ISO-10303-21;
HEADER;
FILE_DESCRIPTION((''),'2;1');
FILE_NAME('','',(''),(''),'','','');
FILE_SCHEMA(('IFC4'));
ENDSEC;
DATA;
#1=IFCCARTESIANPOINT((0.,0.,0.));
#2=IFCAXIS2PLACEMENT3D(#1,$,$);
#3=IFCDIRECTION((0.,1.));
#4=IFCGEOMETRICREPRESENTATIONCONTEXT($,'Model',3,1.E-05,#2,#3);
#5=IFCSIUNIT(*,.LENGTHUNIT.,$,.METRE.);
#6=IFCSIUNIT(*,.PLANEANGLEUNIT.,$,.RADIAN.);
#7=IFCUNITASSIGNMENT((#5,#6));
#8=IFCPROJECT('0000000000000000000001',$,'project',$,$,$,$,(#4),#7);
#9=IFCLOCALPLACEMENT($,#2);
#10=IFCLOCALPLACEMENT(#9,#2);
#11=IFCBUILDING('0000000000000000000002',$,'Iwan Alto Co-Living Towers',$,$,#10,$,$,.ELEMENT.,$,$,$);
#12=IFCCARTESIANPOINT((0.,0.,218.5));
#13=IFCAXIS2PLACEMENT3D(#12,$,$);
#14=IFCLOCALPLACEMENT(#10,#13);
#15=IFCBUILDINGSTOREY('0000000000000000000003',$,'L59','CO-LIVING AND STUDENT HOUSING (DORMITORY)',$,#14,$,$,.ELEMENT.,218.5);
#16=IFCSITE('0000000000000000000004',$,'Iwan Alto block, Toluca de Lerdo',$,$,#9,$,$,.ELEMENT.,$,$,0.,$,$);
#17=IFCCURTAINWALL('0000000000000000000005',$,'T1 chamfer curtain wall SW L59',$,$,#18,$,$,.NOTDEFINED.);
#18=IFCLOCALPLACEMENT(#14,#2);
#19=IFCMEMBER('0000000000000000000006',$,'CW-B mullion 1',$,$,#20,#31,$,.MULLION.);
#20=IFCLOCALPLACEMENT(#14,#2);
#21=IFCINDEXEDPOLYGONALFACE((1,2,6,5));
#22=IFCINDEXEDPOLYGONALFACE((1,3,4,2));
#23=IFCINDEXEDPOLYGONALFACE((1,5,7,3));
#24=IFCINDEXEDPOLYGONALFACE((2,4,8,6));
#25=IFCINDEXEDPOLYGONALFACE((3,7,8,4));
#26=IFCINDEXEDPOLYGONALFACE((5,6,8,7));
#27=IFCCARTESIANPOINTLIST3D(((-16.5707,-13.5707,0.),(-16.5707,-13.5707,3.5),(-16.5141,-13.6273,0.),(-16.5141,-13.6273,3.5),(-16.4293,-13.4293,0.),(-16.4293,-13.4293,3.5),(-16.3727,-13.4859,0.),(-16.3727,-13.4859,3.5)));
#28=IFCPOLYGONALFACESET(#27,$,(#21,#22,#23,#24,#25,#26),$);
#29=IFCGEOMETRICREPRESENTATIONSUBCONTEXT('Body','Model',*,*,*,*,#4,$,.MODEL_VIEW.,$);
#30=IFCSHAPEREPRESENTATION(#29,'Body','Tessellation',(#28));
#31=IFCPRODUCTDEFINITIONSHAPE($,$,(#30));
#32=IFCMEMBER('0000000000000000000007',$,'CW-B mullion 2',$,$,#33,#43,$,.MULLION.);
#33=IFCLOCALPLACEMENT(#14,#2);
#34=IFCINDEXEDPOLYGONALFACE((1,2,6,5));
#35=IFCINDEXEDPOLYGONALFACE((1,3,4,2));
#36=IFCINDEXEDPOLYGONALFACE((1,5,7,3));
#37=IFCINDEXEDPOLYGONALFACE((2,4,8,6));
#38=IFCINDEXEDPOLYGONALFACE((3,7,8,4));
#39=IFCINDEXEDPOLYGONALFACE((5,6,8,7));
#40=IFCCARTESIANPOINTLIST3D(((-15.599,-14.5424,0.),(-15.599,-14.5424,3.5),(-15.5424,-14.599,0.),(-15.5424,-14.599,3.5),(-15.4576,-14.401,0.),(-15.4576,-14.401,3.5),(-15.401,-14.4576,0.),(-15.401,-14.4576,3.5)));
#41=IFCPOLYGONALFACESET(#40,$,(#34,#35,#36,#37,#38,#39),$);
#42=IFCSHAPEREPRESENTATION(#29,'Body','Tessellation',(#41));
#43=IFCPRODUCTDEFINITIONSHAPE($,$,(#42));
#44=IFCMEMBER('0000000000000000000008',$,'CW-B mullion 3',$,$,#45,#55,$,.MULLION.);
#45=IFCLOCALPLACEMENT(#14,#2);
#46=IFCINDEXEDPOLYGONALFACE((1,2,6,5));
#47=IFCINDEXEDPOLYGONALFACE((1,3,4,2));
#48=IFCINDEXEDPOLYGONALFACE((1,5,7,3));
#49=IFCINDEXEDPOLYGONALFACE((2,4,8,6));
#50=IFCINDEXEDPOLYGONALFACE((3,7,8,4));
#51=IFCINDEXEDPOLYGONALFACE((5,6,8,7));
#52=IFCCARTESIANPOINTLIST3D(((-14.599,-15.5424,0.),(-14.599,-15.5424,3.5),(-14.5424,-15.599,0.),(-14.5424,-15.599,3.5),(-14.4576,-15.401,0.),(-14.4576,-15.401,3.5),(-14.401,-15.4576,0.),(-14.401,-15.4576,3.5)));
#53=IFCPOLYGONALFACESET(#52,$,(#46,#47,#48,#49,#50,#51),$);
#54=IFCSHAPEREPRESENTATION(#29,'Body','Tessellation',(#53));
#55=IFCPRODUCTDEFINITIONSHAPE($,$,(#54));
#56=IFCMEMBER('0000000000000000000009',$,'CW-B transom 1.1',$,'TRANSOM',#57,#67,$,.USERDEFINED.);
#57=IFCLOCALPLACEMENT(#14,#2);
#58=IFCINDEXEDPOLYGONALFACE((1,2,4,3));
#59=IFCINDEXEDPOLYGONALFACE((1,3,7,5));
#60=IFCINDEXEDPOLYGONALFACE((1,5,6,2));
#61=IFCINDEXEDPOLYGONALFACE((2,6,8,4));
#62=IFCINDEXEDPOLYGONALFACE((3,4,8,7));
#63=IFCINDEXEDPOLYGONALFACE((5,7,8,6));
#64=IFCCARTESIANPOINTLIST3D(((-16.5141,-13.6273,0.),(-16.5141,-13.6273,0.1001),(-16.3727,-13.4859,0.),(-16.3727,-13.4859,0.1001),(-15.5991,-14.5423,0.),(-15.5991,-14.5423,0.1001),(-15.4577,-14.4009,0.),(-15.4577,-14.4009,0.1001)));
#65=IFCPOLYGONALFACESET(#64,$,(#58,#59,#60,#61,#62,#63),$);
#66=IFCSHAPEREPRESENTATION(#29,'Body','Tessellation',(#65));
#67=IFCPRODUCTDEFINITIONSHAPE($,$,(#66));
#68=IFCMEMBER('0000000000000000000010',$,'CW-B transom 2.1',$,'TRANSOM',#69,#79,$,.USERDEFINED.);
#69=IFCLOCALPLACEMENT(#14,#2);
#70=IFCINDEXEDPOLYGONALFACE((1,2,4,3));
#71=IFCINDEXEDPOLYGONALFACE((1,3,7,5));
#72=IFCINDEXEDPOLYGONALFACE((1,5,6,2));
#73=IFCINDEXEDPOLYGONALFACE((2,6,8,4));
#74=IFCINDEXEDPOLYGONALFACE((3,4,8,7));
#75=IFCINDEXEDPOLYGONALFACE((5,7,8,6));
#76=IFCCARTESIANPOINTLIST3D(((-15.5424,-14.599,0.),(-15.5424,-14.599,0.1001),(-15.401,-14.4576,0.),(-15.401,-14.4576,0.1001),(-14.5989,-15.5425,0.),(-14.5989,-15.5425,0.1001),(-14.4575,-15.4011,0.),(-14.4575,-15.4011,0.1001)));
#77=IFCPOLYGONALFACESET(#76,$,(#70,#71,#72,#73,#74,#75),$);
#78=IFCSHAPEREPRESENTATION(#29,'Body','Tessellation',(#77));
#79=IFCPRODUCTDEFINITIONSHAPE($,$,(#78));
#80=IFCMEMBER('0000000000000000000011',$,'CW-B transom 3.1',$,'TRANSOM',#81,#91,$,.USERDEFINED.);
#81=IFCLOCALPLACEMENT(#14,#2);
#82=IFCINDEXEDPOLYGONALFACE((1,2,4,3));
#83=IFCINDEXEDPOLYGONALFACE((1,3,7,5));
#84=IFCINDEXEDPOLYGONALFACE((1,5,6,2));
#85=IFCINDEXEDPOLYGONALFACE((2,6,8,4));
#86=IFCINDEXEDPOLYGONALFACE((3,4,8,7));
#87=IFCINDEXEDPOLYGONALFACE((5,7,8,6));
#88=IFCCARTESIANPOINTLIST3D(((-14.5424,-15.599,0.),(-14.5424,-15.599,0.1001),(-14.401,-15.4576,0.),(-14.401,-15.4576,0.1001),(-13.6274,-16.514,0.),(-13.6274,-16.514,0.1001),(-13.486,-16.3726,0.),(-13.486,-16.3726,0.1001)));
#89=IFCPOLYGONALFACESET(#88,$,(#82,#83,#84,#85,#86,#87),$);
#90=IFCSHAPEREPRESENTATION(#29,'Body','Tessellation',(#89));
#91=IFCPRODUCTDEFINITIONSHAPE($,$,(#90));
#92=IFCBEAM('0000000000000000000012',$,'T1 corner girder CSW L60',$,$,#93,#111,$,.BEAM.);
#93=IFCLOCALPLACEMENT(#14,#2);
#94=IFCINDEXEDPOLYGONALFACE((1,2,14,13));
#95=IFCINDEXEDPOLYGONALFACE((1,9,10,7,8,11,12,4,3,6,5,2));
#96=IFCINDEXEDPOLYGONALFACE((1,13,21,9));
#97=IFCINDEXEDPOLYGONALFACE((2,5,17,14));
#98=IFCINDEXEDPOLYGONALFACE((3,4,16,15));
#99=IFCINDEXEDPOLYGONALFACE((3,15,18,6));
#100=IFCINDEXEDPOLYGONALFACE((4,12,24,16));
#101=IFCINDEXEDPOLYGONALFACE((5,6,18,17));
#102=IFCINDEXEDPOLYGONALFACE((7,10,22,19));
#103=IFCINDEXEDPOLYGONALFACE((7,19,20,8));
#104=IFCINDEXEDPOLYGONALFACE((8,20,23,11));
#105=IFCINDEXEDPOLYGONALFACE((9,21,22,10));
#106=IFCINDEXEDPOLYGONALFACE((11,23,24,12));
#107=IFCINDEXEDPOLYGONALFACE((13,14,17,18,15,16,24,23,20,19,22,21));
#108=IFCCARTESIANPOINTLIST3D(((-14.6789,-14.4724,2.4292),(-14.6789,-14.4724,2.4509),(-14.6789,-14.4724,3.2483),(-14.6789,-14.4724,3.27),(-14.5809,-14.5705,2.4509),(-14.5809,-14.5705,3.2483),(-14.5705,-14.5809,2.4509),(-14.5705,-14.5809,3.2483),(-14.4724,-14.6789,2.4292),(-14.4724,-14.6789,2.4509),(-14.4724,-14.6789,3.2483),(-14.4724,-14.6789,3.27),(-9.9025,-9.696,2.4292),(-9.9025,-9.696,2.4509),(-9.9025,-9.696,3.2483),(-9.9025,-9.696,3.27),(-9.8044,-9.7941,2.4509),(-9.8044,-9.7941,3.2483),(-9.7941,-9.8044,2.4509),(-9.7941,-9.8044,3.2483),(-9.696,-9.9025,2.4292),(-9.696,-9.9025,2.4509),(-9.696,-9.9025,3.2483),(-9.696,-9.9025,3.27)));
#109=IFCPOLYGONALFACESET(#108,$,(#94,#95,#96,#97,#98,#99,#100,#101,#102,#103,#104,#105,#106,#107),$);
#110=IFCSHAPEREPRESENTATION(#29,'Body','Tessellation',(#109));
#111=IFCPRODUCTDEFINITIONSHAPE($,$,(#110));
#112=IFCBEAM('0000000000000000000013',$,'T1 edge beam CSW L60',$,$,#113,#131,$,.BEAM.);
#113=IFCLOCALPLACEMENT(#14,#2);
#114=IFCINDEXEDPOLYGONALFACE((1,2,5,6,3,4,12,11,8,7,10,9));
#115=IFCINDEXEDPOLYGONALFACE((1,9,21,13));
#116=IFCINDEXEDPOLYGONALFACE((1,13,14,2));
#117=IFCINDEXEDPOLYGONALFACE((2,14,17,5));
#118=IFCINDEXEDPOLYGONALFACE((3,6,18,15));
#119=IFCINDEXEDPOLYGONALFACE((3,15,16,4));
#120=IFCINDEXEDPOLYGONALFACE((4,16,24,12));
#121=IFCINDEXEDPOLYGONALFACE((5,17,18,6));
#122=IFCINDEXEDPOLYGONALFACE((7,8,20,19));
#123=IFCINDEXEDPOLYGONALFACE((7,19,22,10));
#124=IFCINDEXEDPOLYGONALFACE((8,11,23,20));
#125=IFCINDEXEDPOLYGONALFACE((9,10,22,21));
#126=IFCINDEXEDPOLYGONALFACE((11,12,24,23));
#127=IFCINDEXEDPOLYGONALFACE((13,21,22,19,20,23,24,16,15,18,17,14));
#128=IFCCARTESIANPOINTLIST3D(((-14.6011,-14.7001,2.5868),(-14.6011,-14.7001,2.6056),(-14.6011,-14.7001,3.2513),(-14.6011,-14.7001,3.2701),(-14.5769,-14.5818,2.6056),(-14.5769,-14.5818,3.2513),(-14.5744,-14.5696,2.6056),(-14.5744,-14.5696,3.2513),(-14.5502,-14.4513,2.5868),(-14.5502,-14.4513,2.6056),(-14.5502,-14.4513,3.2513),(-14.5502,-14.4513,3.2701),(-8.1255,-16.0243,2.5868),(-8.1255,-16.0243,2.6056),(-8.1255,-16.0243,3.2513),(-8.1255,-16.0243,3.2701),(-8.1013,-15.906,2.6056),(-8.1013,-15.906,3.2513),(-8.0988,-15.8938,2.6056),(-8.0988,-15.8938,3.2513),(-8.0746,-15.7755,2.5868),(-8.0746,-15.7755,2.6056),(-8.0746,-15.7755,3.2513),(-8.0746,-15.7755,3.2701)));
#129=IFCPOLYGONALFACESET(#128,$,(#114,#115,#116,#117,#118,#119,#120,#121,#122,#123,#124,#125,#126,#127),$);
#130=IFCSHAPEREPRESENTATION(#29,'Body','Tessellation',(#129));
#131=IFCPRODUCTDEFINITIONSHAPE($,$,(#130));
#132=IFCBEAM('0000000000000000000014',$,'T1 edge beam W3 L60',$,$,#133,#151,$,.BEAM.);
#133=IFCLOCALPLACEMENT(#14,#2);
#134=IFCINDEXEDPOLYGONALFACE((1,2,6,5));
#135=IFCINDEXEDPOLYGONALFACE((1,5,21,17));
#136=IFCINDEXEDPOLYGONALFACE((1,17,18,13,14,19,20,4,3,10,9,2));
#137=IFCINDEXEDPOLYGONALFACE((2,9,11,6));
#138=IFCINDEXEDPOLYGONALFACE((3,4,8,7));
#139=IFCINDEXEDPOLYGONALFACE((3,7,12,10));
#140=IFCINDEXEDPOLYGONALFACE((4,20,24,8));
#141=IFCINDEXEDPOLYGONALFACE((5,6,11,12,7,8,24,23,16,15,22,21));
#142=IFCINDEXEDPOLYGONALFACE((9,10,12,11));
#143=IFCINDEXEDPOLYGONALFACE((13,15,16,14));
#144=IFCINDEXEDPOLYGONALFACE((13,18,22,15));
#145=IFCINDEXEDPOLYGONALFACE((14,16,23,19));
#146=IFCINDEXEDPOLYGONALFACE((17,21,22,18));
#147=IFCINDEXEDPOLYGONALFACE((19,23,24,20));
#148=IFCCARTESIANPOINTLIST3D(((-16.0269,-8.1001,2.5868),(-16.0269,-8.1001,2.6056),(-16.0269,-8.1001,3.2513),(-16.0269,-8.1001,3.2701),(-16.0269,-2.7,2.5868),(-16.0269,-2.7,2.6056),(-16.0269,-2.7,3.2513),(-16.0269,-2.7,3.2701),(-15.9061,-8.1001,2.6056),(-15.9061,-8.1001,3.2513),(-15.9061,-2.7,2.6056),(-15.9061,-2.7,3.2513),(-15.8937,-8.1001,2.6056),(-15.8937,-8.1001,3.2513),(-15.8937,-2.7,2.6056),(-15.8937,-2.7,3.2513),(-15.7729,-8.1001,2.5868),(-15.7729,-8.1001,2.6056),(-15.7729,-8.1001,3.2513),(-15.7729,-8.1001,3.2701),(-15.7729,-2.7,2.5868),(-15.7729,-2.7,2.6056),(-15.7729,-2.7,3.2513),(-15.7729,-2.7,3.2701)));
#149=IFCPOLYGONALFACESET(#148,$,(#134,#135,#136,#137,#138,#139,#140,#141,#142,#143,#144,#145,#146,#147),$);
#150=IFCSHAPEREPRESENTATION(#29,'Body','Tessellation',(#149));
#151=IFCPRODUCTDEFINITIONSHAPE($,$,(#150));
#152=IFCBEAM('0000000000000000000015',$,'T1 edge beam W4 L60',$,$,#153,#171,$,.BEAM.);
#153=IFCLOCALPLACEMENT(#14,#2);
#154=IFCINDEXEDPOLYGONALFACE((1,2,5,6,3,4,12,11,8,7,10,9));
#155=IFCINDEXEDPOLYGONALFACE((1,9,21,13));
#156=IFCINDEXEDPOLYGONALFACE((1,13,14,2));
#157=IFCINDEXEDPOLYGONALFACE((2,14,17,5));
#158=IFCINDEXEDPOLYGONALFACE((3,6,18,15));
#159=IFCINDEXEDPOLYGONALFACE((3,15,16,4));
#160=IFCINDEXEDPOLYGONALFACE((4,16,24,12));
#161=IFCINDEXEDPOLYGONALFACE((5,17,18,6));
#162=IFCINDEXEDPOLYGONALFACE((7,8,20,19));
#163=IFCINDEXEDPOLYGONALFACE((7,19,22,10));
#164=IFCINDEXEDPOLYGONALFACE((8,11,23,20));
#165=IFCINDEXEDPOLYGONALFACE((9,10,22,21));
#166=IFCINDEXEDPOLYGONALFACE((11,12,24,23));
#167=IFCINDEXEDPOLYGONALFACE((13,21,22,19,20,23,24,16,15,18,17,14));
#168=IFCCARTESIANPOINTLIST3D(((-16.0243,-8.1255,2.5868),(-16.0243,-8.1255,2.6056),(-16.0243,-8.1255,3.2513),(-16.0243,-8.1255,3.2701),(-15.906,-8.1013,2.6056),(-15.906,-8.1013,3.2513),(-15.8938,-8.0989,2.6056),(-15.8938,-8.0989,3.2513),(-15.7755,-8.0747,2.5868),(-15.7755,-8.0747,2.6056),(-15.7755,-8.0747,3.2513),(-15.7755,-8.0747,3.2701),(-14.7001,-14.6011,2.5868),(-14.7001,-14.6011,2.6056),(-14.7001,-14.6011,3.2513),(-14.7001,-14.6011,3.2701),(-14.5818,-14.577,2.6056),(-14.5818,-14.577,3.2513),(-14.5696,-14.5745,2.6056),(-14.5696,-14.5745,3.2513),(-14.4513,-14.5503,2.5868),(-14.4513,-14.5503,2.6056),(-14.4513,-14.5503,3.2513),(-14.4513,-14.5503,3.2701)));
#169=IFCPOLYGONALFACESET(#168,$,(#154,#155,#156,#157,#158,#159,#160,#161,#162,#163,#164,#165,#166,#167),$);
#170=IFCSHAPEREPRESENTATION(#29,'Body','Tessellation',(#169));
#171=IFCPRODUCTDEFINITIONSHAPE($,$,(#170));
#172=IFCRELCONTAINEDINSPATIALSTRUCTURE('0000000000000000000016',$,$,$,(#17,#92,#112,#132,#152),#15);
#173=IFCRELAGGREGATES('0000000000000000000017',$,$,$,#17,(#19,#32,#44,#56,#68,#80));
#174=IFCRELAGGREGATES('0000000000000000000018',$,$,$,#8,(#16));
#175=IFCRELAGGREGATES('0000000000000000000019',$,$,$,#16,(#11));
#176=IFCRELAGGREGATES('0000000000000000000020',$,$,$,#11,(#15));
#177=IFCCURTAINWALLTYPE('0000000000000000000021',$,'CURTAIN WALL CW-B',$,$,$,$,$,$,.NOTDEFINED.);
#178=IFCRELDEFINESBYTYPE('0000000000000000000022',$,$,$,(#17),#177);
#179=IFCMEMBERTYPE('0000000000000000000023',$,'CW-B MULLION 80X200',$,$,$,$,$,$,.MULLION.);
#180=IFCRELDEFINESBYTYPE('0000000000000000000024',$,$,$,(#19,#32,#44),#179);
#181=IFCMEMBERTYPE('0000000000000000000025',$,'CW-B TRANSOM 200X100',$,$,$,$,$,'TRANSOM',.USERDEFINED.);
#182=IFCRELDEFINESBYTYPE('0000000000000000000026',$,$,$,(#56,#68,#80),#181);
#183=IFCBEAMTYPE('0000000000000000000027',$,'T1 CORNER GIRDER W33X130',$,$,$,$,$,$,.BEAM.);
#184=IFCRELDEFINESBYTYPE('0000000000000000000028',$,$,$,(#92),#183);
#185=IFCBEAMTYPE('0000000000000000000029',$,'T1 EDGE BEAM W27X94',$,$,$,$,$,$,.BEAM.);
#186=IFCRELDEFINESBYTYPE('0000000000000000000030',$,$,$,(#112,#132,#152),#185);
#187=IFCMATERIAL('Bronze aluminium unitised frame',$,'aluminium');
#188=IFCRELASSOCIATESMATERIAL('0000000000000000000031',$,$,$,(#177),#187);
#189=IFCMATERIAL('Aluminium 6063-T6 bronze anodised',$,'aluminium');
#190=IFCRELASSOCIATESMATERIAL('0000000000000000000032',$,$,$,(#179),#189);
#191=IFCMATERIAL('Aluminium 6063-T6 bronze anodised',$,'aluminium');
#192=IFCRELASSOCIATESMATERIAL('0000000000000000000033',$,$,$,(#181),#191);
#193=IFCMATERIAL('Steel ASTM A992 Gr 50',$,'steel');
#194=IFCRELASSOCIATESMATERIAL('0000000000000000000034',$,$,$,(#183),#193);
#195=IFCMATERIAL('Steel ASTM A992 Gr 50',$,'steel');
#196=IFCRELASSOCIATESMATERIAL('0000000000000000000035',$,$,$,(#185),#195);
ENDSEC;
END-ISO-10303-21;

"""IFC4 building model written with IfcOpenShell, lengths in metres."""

from ifc_helpers import new_model, si_unit, direction, frame, origin, origin_2d, place, context, subcontext, project, spatial, rectangle, i_section, extrude, material, material_profile, profile_set, type_object, element, aggregate, save


model = new_model("IFC4")

# Units and contexts
model_context = context("Model", 3, precision=1e-05, world=origin(), true_north=direction((0.0, 1.0)))
body_context = subcontext(model_context, "Body", "Model", "MODEL_VIEW")
ifc_project = project(units=[si_unit("LENGTHUNIT", "METRE"), si_unit("PLANEANGLEUNIT", "RADIAN")], contexts=[model_context])

# Site, building, storey
site_placement = place(None, origin())
site = spatial("IfcSite", under=ifc_project, at=site_placement, Name="Iwan Alto block, Toluca de Lerdo", CompositionType="ELEMENT", RefElevation=0.0)
building_placement = place(site_placement, origin())
building = spatial("IfcBuilding", under=site, at=building_placement, Name="Iwan Alto Co-Living Towers", CompositionType="ELEMENT")
storey_placement = place(building_placement, frame((0.0, 0.0, 218.5)))
storey = spatial("IfcBuildingStorey", under=building, at=storey_placement, Name="L59", Description="CO-LIVING AND STUDENT HOUSING (DORMITORY)", CompositionType="ELEMENT", Elevation=218.5)

# Curtain wall, members
ifc_material_1 = material(Name="Bronze aluminium unitised frame", Category="aluminium")
curtain_wall_type_1 = type_object("IfcCurtainWallType", Name="CURTAIN WALL CW-B", PredefinedType="NOTDEFINED", material=ifc_material_1)
curtain_wall_1_placement = place(storey_placement, origin())
curtain_wall_1 = element("IfcCurtainWall", 1, at=curtain_wall_1_placement, inside=storey, type_object=curtain_wall_type_1, Name="T1 chamfer curtain wall SW L59", PredefinedType="NOTDEFINED")
ifc_material_2 = material(Name="Aluminium 6063-T6 bronze anodised", Category="aluminium")
ifc_material_profile_1 = material_profile(ifc_material_2, rectangle(XDim=0.2, YDim=0.0801, at=origin_2d()), Name="AL 80X200")
ifc_profile_set_1 = profile_set([ifc_material_profile_1], Name="Aluminium 6063-T6 bronze anodised")
member_type_1 = type_object("IfcMemberType", Name="CW-B MULLION 80X200", PredefinedType="MULLION", material=ifc_profile_set_1)
member_1_placement = place(storey_placement, frame((-16.4717, -13.5283, 0.0), z_axis=(0.0, 0.0, 1.0), x_axis=(0.707107, 0.707107, 0.0)))
member_1 = element("IfcMember", 2, at=member_1_placement, type_object=member_type_1, Name="CW-B mullion 1", PredefinedType="MULLION", context=body_context, shape_type="SweptSolid", body=[
    extrude(rectangle(XDim=0.2, YDim=0.0801, at=origin_2d()), origin(), (0.0, 0.0, 1.0), 3.5),
])
member_2_placement = place(storey_placement, frame((-15.5, -14.5, 0.0), z_axis=(0.0, 0.0, 1.0), x_axis=(0.707107, 0.707107, 0.0)))
member_2 = element("IfcMember", 3, at=member_2_placement, type_object=member_type_1, Name="CW-B mullion 2", PredefinedType="MULLION", context=body_context, shape_type="SweptSolid", body=[
    extrude(rectangle(XDim=0.2, YDim=0.0801, at=origin_2d()), origin(), (0.0, 0.0, 1.0), 3.5),
])
member_3_placement = place(storey_placement, frame((-14.5, -15.5, 0.0), z_axis=(0.0, 0.0, 1.0), x_axis=(0.707107, 0.707107, 0.0)))
member_3 = element("IfcMember", 4, at=member_3_placement, type_object=member_type_1, Name="CW-B mullion 3", PredefinedType="MULLION", context=body_context, shape_type="SweptSolid", body=[
    extrude(rectangle(XDim=0.2, YDim=0.0801, at=origin_2d()), origin(), (0.0, 0.0, 1.0), 3.5),
])
ifc_material_3 = material(Name="Aluminium 6063-T6 bronze anodised", Category="aluminium")
ifc_material_profile_2 = material_profile(ifc_material_3, rectangle(XDim=0.2, YDim=0.1001, at=origin_2d()), Name="AL 200X100")
ifc_profile_set_2 = profile_set([ifc_material_profile_2], Name="Aluminium 6063-T6 bronze anodised")
member_type_2 = type_object("IfcMemberType", Name="CW-B TRANSOM 200X100", ElementType="TRANSOM", PredefinedType="USERDEFINED", material=ifc_profile_set_2)
member_4_placement = place(storey_placement, frame((-16.4434, -13.5566, 0.05), z_axis=(0.707107, -0.707107, 0.0), x_axis=(0.707107, 0.707107, 0.0)))
member_4 = element("IfcMember", 5, at=member_4_placement, type_object=member_type_2, Name="CW-B transom 1.1", ObjectType="TRANSOM", PredefinedType="USERDEFINED", context=body_context, shape_type="SweptSolid", body=[
    extrude(rectangle(XDim=0.2, YDim=0.1001, at=origin_2d()), origin(), (0.0, 0.0, 1.0), 1.2939),
])
member_5_placement = place(storey_placement, frame((-15.4717, -14.5283, 0.05), z_axis=(0.707107, -0.707107, 0.0), x_axis=(0.707107, 0.707107, 0.0)))
member_5 = element("IfcMember", 6, at=member_5_placement, type_object=member_type_2, Name="CW-B transom 2.1", ObjectType="TRANSOM", PredefinedType="USERDEFINED", context=body_context, shape_type="SweptSolid", body=[
    extrude(rectangle(XDim=0.2, YDim=0.1001, at=origin_2d()), origin(), (0.0, 0.0, 1.0), 1.3342),
])
member_6_placement = place(storey_placement, frame((-14.4717, -15.5283, 0.05), z_axis=(0.707107, -0.707107, 0.0), x_axis=(0.707107, 0.707107, 0.0)))
member_6 = element("IfcMember", 7, at=member_6_placement, type_object=member_type_2, Name="CW-B transom 3.1", ObjectType="TRANSOM", PredefinedType="USERDEFINED", context=body_context, shape_type="SweptSolid", body=[
    extrude(rectangle(XDim=0.2, YDim=0.1001, at=origin_2d()), origin(), (0.0, 0.0, 1.0), 1.2939),
])

# Beams
ifc_material_4 = material(Name="Steel ASTM A992 Gr 50", Category="steel")
ifc_material_profile_3 = material_profile(ifc_material_4, i_section(OverallWidth=0.292, OverallDepth=0.8408, WebThickness=0.0146, FlangeThickness=0.0217, at=origin_2d()), Name="W33X130")
ifc_profile_set_3 = profile_set([ifc_material_profile_3], Name="Steel ASTM A992 Gr 50")
beam_type_1 = type_object("IfcBeamType", Name="T1 CORNER GIRDER W33X130", PredefinedType="BEAM", material=ifc_profile_set_3)
beam_1_placement = place(storey_placement, frame((-14.5757, -14.5757, 2.8496), z_axis=(0.707107, 0.707107, 0.0), x_axis=(-0.707107, 0.707107, 0.0)))
element("IfcBeam", 8, at=beam_1_placement, inside=storey, type_object=beam_type_1, Name="T1 corner girder CSW L60", PredefinedType="BEAM", context=body_context, shape_type="SweptSolid", body=[
    extrude(i_section(OverallWidth=0.292, OverallDepth=0.8408, WebThickness=0.0146, FlangeThickness=0.0217, at=origin_2d()), origin(), (0.0, 0.0, 1.0), 6.7549),
])
ifc_material_5 = material(Name="Steel ASTM A992 Gr 50", Category="steel")
ifc_material_profile_4 = material_profile(ifc_material_5, i_section(OverallWidth=0.2539, OverallDepth=0.6833, WebThickness=0.0125, FlangeThickness=0.0188, at=origin_2d()), Name="W27X94")
ifc_profile_set_4 = profile_set([ifc_material_profile_4], Name="Steel ASTM A992 Gr 50")
beam_type_2 = type_object("IfcBeamType", Name="T1 EDGE BEAM W27X94", PredefinedType="BEAM", material=ifc_profile_set_4)
beam_2_placement = place(storey_placement, frame((-14.5757, -14.5757, 2.9285), z_axis=(0.979725, -0.200348, 0.0), x_axis=(0.200348, 0.979725, 0.0)))
element("IfcBeam", 9, at=beam_2_placement, inside=storey, type_object=beam_type_2, Name="T1 edge beam CSW L60", PredefinedType="BEAM", context=body_context, shape_type="SweptSolid", body=[
    extrude(i_section(OverallWidth=0.2539, OverallDepth=0.6833, WebThickness=0.0125, FlangeThickness=0.0188, at=origin_2d()), origin(), (0.0, 0.0, 1.0), 6.6096),
])
beam_3_placement = place(storey_placement, frame((-15.8999, -2.7, 2.9285), z_axis=(0.0, -1.0, 0.0), x_axis=(1.0, 0.0, 0.0)))
element("IfcBeam", 10, at=beam_3_placement, inside=storey, type_object=beam_type_2, Name="T1 edge beam W3 L60", PredefinedType="BEAM", context=body_context, shape_type="SweptSolid", body=[
    extrude(i_section(OverallWidth=0.2539, OverallDepth=0.6833, WebThickness=0.0125, FlangeThickness=0.0188, at=origin_2d()), origin(), (0.0, 0.0, 1.0), 5.4001),
])
beam_4_placement = place(storey_placement, frame((-15.8999, -8.1001, 2.9285), z_axis=(0.200348, -0.979725, 0.0), x_axis=(0.979725, 0.200348, 0.0)))
element("IfcBeam", 11, at=beam_4_placement, inside=storey, type_object=beam_type_2, Name="T1 edge beam W4 L60", PredefinedType="BEAM", context=body_context, shape_type="SweptSolid", body=[
    extrude(i_section(OverallWidth=0.2539, OverallDepth=0.6833, WebThickness=0.0125, FlangeThickness=0.0188, at=origin_2d()), origin(), (0.0, 0.0, 1.0), 6.6096),
])

aggregate(curtain_wall_1, [member_1, member_2, member_3, member_4, member_5, member_6])

save(model, "model.ifc")
